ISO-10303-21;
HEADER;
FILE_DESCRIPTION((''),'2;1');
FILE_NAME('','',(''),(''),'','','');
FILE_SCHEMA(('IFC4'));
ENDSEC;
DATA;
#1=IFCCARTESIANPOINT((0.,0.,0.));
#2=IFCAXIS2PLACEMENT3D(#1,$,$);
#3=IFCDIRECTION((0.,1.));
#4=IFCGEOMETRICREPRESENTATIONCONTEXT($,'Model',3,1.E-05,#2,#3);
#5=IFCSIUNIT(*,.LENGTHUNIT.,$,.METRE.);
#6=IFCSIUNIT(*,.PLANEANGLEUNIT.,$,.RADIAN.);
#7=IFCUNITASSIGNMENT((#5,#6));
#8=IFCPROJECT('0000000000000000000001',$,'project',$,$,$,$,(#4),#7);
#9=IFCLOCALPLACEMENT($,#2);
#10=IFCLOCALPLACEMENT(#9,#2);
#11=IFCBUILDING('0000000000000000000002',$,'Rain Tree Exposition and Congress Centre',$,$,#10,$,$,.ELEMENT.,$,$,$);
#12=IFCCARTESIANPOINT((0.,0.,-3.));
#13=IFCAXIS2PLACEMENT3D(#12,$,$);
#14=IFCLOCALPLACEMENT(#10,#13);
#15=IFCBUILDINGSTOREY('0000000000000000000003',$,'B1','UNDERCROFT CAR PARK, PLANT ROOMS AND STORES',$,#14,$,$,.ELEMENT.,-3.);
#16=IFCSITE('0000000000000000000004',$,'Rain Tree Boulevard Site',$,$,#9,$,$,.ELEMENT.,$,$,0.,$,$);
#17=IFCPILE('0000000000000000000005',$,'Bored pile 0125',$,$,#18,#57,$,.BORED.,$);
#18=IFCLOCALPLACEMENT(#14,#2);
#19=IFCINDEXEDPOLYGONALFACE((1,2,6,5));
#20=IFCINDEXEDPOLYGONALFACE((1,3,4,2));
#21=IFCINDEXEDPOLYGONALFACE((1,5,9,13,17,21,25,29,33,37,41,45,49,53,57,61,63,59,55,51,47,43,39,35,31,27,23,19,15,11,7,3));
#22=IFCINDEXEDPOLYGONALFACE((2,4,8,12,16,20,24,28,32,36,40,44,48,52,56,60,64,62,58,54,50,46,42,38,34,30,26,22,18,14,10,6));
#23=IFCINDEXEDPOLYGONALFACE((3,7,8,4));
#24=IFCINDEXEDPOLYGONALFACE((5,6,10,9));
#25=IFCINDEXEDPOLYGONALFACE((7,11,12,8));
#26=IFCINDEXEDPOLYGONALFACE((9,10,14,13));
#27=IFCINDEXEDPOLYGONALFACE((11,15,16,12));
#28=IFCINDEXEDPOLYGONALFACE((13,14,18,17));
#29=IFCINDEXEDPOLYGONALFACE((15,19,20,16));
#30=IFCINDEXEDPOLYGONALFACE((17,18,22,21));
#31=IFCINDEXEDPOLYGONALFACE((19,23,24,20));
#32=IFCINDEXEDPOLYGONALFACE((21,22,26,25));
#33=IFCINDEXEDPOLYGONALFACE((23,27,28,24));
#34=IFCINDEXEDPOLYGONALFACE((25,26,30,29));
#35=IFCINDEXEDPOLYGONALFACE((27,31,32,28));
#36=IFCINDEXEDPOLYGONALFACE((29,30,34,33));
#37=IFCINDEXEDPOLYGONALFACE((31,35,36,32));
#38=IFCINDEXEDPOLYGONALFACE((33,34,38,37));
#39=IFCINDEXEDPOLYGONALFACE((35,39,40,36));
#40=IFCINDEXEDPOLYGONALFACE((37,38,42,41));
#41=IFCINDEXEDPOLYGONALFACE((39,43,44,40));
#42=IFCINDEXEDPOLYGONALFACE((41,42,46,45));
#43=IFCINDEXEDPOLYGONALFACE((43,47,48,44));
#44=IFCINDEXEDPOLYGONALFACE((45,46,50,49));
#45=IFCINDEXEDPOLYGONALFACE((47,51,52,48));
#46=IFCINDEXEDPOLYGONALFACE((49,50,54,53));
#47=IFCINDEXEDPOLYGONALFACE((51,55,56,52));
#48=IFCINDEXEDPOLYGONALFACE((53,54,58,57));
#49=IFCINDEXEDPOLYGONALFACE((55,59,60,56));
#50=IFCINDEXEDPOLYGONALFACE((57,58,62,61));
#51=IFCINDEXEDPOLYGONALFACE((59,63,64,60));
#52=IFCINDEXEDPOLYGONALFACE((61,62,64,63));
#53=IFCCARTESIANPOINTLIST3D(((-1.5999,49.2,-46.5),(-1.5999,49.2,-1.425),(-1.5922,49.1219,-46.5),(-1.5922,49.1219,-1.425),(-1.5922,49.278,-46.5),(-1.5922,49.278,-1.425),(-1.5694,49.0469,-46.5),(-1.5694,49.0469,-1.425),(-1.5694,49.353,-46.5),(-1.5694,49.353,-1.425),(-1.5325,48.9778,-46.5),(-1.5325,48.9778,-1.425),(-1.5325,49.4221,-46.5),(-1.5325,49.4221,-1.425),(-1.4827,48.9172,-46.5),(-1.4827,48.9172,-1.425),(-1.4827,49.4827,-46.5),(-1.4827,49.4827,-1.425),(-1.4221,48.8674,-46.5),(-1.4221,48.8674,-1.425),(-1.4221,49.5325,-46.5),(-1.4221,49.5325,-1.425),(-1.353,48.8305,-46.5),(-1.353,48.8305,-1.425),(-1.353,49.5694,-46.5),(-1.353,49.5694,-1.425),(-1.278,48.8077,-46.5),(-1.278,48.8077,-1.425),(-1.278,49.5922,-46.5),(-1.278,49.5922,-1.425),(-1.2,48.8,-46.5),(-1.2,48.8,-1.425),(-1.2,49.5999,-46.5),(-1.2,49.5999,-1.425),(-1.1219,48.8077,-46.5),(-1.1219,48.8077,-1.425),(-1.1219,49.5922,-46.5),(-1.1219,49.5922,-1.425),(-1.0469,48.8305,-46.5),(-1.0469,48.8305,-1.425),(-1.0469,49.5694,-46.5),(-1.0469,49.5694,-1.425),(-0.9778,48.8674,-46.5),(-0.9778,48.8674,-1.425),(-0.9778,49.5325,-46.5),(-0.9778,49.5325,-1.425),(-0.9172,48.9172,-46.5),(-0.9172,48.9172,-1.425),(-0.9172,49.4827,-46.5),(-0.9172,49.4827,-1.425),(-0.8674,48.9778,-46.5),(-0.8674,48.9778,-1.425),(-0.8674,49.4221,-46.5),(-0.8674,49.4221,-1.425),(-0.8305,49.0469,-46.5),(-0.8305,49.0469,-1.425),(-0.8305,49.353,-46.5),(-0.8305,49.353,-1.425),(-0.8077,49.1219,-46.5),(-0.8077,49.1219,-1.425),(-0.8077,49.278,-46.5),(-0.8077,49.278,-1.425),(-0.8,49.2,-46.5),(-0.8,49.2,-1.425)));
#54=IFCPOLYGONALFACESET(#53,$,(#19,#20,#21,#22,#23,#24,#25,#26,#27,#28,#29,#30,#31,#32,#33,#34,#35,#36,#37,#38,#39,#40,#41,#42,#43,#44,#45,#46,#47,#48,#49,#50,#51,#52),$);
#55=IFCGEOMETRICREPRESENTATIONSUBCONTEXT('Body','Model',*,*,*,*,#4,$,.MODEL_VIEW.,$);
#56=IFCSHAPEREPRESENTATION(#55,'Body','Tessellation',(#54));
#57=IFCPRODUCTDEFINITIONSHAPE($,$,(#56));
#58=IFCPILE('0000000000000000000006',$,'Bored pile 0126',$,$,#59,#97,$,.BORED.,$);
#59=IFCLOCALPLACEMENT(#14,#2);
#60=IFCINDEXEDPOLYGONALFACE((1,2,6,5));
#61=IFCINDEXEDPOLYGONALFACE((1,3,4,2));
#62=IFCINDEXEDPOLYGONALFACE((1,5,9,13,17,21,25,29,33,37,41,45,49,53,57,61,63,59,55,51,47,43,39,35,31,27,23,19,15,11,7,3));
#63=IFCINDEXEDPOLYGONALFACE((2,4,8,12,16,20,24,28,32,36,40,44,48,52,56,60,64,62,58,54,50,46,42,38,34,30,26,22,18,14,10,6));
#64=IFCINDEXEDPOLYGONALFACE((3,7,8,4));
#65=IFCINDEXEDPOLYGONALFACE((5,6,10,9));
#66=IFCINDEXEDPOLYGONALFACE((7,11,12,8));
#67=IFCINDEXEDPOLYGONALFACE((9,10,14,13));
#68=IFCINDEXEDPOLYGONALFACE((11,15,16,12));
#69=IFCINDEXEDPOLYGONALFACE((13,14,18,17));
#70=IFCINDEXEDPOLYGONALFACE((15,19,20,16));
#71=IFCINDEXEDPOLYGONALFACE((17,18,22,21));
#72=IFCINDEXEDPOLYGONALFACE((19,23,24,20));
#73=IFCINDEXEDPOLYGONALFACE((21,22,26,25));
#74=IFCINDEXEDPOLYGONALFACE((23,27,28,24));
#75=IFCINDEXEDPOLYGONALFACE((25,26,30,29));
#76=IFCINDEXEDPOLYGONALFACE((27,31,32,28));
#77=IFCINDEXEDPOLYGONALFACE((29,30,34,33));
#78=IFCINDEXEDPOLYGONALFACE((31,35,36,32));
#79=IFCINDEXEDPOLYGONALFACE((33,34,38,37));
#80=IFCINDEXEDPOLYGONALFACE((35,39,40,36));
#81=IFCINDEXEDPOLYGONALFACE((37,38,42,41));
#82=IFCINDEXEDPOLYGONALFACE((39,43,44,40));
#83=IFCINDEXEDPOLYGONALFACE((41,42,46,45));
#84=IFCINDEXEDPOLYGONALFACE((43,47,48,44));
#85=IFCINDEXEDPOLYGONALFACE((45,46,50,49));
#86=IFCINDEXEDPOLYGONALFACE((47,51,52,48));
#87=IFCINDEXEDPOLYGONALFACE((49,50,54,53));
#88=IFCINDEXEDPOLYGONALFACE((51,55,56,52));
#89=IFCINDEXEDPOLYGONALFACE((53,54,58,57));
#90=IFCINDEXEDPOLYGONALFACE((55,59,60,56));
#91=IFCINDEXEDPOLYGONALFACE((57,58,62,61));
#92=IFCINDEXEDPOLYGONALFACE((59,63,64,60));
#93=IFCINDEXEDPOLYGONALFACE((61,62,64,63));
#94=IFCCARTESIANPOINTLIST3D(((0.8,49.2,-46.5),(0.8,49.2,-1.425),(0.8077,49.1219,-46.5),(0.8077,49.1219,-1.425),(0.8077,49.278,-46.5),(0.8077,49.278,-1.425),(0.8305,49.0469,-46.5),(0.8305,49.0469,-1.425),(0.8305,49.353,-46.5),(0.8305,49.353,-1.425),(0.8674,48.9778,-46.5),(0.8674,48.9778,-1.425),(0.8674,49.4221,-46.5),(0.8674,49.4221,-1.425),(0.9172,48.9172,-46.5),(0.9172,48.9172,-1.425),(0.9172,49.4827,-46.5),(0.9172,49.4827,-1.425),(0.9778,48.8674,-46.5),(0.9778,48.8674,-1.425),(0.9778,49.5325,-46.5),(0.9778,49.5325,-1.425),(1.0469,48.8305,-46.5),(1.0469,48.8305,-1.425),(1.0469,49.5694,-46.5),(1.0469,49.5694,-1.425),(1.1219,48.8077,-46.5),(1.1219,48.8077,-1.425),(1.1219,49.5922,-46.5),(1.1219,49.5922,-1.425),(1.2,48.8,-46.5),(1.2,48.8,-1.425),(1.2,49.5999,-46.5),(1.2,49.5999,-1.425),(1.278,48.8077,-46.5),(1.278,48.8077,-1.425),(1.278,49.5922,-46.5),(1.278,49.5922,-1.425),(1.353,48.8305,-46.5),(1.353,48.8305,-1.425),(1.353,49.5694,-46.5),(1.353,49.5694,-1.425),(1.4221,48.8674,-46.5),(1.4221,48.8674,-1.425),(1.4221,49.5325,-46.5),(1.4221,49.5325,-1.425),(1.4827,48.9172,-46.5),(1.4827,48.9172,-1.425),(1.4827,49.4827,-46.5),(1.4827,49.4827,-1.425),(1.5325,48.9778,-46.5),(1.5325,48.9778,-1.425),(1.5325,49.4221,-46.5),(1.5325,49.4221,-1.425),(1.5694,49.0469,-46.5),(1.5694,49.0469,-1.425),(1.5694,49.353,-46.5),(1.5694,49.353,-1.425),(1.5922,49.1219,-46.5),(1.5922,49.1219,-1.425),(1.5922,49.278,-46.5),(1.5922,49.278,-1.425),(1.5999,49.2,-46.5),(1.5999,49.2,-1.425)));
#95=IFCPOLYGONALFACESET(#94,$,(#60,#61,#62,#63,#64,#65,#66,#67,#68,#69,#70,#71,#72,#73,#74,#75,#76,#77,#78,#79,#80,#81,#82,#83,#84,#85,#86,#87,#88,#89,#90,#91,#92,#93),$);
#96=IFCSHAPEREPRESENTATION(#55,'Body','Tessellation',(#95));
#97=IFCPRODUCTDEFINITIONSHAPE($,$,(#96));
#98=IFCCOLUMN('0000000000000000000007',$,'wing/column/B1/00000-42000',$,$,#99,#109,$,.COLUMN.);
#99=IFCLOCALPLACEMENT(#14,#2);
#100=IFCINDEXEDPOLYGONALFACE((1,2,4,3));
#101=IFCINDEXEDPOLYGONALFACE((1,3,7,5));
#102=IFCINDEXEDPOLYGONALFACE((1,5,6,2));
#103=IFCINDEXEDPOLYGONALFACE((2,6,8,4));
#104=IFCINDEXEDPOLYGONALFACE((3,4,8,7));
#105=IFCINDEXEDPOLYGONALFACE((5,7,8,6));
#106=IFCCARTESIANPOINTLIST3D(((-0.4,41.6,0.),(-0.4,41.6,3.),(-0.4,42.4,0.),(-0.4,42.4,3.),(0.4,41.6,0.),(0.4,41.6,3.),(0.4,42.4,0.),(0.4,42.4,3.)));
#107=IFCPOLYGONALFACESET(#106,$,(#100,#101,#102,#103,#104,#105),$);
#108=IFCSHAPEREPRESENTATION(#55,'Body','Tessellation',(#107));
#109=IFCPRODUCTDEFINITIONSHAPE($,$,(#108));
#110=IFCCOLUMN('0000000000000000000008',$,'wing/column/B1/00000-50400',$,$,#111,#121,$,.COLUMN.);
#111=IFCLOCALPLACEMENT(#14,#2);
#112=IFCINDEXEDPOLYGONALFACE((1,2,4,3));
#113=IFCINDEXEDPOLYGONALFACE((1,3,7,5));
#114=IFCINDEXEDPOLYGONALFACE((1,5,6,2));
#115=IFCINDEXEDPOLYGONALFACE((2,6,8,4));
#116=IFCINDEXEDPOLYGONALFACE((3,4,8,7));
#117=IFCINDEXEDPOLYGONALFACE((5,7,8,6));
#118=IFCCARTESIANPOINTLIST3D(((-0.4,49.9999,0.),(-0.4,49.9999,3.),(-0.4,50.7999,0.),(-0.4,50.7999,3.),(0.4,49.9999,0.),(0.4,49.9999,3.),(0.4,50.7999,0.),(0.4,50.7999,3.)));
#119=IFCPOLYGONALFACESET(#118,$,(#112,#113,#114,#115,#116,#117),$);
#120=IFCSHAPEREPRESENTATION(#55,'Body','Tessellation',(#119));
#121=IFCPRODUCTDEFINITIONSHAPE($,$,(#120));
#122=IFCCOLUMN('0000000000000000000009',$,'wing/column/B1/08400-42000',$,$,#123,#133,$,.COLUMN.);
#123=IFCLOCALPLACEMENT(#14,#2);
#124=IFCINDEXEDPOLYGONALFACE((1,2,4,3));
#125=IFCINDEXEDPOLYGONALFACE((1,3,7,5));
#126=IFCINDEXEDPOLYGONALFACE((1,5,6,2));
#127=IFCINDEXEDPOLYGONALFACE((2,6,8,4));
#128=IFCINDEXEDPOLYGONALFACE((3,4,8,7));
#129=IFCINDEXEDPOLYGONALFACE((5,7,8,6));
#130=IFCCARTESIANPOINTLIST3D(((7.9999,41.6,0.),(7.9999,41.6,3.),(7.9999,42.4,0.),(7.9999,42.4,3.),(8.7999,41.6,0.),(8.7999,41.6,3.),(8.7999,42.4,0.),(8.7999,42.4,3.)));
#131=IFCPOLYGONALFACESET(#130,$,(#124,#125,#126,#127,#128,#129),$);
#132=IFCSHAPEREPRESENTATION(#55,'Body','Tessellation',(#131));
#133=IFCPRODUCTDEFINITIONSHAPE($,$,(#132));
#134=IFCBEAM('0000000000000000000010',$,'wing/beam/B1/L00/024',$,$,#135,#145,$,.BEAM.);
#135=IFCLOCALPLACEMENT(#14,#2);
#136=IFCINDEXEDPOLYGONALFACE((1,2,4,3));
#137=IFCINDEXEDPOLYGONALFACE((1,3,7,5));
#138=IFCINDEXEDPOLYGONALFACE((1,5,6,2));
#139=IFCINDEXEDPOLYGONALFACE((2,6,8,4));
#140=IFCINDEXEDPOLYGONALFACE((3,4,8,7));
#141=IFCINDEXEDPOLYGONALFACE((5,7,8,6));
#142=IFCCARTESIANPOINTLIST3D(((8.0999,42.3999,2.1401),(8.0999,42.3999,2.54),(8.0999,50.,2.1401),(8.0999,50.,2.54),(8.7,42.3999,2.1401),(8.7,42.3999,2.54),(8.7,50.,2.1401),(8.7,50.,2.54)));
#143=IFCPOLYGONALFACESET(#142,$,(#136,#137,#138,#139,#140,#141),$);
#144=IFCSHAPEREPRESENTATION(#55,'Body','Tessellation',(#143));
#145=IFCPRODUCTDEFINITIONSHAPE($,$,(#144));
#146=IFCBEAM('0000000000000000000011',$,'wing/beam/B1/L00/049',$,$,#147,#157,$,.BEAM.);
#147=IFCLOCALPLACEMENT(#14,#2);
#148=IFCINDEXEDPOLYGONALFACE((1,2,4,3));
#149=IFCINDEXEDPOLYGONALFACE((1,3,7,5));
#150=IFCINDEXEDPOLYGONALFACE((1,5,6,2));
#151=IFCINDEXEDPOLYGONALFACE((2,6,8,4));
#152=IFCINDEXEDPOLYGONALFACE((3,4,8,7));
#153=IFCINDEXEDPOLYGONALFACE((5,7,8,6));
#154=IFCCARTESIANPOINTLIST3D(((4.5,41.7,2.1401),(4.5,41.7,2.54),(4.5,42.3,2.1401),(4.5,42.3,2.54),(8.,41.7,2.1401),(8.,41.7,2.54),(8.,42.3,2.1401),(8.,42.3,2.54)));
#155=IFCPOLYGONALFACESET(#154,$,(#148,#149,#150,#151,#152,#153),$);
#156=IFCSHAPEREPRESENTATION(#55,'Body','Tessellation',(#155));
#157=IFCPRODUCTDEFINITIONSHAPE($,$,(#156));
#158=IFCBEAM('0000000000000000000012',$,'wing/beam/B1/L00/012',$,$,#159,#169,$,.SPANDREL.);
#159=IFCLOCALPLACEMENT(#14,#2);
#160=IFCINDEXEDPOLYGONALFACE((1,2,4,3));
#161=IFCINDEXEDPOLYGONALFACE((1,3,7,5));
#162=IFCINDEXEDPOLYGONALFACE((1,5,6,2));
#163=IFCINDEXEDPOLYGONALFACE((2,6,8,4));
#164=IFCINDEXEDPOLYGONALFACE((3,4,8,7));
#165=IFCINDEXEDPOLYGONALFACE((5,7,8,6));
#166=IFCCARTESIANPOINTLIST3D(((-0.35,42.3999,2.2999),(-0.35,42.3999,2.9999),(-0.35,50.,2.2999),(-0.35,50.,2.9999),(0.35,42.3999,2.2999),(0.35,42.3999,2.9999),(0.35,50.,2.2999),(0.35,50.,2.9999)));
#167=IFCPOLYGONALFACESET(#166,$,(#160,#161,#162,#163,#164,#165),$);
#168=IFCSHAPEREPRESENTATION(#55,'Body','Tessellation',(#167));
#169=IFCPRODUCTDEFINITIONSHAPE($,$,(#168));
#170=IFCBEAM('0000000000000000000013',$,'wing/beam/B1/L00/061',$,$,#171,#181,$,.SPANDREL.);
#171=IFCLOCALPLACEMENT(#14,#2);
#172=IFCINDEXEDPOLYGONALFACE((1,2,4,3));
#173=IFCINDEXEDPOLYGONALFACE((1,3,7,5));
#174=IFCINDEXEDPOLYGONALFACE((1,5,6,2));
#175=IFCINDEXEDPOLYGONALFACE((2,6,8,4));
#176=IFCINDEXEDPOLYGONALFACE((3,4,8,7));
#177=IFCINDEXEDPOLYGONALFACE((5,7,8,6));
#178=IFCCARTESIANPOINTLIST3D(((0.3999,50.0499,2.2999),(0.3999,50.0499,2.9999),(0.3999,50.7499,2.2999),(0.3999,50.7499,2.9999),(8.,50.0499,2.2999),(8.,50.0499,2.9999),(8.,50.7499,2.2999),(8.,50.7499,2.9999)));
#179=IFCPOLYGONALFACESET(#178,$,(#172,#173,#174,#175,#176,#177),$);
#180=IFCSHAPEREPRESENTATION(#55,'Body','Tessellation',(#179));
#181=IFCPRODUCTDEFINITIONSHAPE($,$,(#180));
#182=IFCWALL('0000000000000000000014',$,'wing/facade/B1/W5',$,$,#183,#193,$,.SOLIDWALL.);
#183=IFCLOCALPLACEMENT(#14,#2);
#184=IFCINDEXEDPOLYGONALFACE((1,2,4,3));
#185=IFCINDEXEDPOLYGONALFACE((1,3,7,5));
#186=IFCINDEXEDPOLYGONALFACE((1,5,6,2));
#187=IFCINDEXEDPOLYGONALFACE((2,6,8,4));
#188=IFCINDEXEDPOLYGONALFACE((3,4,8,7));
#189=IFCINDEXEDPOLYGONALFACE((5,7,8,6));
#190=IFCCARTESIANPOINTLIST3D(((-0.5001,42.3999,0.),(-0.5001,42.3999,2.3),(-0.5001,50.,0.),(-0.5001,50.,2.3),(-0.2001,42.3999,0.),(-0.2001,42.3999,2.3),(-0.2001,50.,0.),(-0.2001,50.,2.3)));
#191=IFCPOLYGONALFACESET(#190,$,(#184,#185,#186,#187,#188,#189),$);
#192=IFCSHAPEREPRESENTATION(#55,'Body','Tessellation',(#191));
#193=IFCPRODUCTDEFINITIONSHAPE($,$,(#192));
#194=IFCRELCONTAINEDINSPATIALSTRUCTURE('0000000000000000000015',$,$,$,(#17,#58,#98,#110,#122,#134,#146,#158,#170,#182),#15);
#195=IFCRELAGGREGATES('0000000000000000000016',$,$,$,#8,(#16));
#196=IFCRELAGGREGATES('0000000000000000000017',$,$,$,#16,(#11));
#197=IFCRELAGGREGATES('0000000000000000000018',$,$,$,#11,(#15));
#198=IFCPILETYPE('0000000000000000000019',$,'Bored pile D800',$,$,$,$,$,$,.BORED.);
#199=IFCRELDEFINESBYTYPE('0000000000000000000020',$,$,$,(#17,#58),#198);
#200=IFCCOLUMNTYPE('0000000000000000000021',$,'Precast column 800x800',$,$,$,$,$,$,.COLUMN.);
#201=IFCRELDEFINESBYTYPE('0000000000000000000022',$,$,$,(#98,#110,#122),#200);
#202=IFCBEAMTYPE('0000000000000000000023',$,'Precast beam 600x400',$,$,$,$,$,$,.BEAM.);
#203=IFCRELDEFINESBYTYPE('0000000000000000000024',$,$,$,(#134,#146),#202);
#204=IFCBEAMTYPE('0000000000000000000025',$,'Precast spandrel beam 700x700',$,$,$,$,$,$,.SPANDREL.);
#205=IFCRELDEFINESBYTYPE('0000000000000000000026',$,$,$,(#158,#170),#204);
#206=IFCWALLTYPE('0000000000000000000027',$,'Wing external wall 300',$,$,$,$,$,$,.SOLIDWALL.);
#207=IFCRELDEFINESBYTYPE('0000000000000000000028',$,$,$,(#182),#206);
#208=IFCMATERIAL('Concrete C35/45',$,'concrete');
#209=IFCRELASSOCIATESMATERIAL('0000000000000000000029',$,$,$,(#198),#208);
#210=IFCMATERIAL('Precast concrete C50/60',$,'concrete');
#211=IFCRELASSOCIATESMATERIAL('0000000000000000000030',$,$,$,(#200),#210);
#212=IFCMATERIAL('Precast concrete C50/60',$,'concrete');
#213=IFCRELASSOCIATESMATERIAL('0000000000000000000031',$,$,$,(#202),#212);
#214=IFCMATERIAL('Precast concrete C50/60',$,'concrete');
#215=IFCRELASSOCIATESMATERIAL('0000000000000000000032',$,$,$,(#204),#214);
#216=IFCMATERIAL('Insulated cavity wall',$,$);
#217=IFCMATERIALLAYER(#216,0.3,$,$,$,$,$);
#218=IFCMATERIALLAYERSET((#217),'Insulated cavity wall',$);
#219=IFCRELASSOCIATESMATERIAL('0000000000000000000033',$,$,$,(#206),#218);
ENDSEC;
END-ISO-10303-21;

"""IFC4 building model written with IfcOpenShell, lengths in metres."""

from ifc_helpers import new_model, si_unit, direction, frame, frame_2d, origin, origin_2d, place, context, subcontext, project, spatial, rectangle, circle, extrude, material, layer, layer_set, material_profile, profile_set, type_object, element, save


model = new_model("IFC4")

# Units and contexts
model_context = context("Model", 3, precision=1e-05, world=origin(), true_north=direction((0.0, 1.0)))
body_context = subcontext(model_context, "Body", "Model", "MODEL_VIEW")
ifc_project = project(units=[si_unit("LENGTHUNIT", "METRE"), si_unit("PLANEANGLEUNIT", "RADIAN")], contexts=[model_context])

# Site, building, storey
site_placement = place(None, origin())
site = spatial("IfcSite", under=ifc_project, at=site_placement, Name="Rain Tree Boulevard Site", CompositionType="ELEMENT", RefElevation=0.0)
building_placement = place(site_placement, origin())
building = spatial("IfcBuilding", under=site, at=building_placement, Name="Rain Tree Exposition and Congress Centre", CompositionType="ELEMENT")
storey_placement = place(building_placement, frame((0.0, 0.0, -3.0)))
storey = spatial("IfcBuildingStorey", under=building, at=storey_placement, Name="B1", Description="UNDERCROFT CAR PARK, PLANT ROOMS AND STORES", CompositionType="ELEMENT", Elevation=-3.0)

# Piles
ifc_material_1 = material(Name="Concrete C35/45", Category="concrete")
ifc_material_profile_1 = material_profile(ifc_material_1, circle(Radius=0.3999, at=origin_2d()), Name="D800")
ifc_profile_set_1 = profile_set([ifc_material_profile_1], Name="Concrete C35/45")
pile_type = type_object("IfcPileType", Name="Bored pile D800", PredefinedType="BORED", material=ifc_profile_set_1)
for number, where, z_axis, x_axis, name in (
    (1, (-1.2, 49.2, -1.425), (0.0, 0.0, -1.0), (1.0, 0.0, 0.0), "Bored pile 0125"),
    (2, (1.2, 49.2, -1.425), (0.0, 0.0, -1.0), (1.0, 0.0, 0.0), "Bored pile 0126"),
):
    element("IfcPile", number, at=place(storey_placement, frame(where, z_axis=z_axis, x_axis=x_axis)), inside=storey, type_object=pile_type, Name=name, PredefinedType="BORED", context=body_context, shape_type="SweptSolid", body=[
        extrude(circle(Radius=0.3999, at=origin_2d()), origin(), (0.0, 0.0, 1.0), 45.075),
    ])

# Columns
ifc_material_2 = material(Name="Precast concrete C50/60", Category="concrete")
ifc_material_profile_2 = material_profile(ifc_material_2, rectangle(XDim=0.8, YDim=0.8, at=origin_2d()), Name="RC 800x800")
ifc_profile_set_2 = profile_set([ifc_material_profile_2], Name="Precast concrete C50/60")
column_type = type_object("IfcColumnType", Name="Precast column 800x800", PredefinedType="COLUMN", material=ifc_profile_set_2)
for number, where, z_axis, x_axis, name in (
    (3, (0.0, 42.0, 0.0), (0.0, 0.0, 1.0), (1.0, 0.0, 0.0), "wing/column/B1/00000-42000"),
    (4, (0.0, 50.3999, 0.0), (0.0, 0.0, 1.0), (1.0, 0.0, 0.0), "wing/column/B1/00000-50400"),
    (5, (8.3999, 42.0, 0.0), (0.0, 0.0, 1.0), (1.0, 0.0, 0.0), "wing/column/B1/08400-42000"),
):
    element("IfcColumn", number, at=place(storey_placement, frame(where, z_axis=z_axis, x_axis=x_axis)), inside=storey, type_object=column_type, Name=name, PredefinedType="COLUMN", context=body_context, shape_type="SweptSolid", body=[
        extrude(rectangle(XDim=0.8, YDim=0.8, at=origin_2d()), origin(), (0.0, 0.0, 1.0), 3.0),
    ])

# Beams
ifc_material_3 = material(Name="Precast concrete C50/60", Category="concrete")
ifc_material_profile_3 = material_profile(ifc_material_3, rectangle(XDim=0.6001, YDim=0.3999, at=origin_2d()), Name="RC 600x400")
ifc_profile_set_3 = profile_set([ifc_material_profile_3], Name="Precast concrete C50/60")
beam_type_1 = type_object("IfcBeamType", Name="Precast beam 600x400", PredefinedType="BEAM", material=ifc_profile_set_3)
beam_1_placement = place(storey_placement, frame((8.3999, 42.3999, 2.3401), z_axis=(0.0, 1.0, 0.0), x_axis=(-1.0, 0.0, 0.0)))
element("IfcBeam", 6, at=beam_1_placement, inside=storey, type_object=beam_type_1, Name="wing/beam/B1/L00/024", PredefinedType="BEAM", context=body_context, shape_type="SweptSolid", body=[
    extrude(rectangle(XDim=0.6001, YDim=0.3999, at=origin_2d()), origin(), (0.0, 0.0, 1.0), 7.6001),
])
beam_2_placement = place(storey_placement, frame((4.5, 42.0, 2.3401), z_axis=(1.0, 0.0, 0.0), x_axis=(0.0, 1.0, 0.0)))
element("IfcBeam", 7, at=beam_2_placement, inside=storey, type_object=beam_type_1, Name="wing/beam/B1/L00/049", PredefinedType="BEAM", context=body_context, shape_type="SweptSolid", body=[
    extrude(rectangle(XDim=0.6001, YDim=0.3999, at=origin_2d()), origin(), (0.0, 0.0, 1.0), 3.5),
])
ifc_material_4 = material(Name="Precast concrete C50/60", Category="concrete")
ifc_material_profile_4 = material_profile(ifc_material_4, rectangle(XDim=0.7, YDim=0.7, at=origin_2d()), Name="RC 700x700")
ifc_profile_set_4 = profile_set([ifc_material_profile_4], Name="Precast concrete C50/60")
beam_type_2 = type_object("IfcBeamType", Name="Precast spandrel beam 700x700", PredefinedType="SPANDREL", material=ifc_profile_set_4)
for number, where, z_axis, x_axis, name in (
    (8, (0.0, 42.3999, 2.6499), (0.0, 1.0, 0.0), (-1.0, 0.0, 0.0), "wing/beam/B1/L00/012"),
    (9, (0.3999, 50.3999, 2.6499), (1.0, 0.0, 0.0), (0.0, 1.0, 0.0), "wing/beam/B1/L00/061"),
):
    element("IfcBeam", number, at=place(storey_placement, frame(where, z_axis=z_axis, x_axis=x_axis)), inside=storey, type_object=beam_type_2, Name=name, PredefinedType="SPANDREL", context=body_context, shape_type="SweptSolid", body=[
        extrude(rectangle(XDim=0.7, YDim=0.7, at=origin_2d()), origin(), (0.0, 0.0, 1.0), 7.6001),
    ])

# Wall
ifc_material_5 = material(Name="Insulated cavity wall")
ifc_layer_1 = layer(ifc_material_5, 0.3)
ifc_layer_set_1 = layer_set([ifc_layer_1], Name="Insulated cavity wall")
wall_type_1 = type_object("IfcWallType", Name="Wing external wall 300", PredefinedType="SOLIDWALL", material=ifc_layer_set_1)
wall_1_placement = place(storey_placement, frame((-0.3501, 42.3999, 0.0), z_axis=(0.0, 0.0, 1.0), x_axis=(0.0, 1.0, 0.0)))
element("IfcWall", 10, at=wall_1_placement, inside=storey, type_object=wall_type_1, Name="wing/facade/B1/W5", PredefinedType="SOLIDWALL", context=body_context, shape_type="SweptSolid", body=[
    extrude(rectangle(XDim=7.6001, YDim=0.3, at=frame_2d((3.8, 0.0))), origin(), (0.0, 0.0, 1.0), 2.3),
])

save(model, "model.ifc")
